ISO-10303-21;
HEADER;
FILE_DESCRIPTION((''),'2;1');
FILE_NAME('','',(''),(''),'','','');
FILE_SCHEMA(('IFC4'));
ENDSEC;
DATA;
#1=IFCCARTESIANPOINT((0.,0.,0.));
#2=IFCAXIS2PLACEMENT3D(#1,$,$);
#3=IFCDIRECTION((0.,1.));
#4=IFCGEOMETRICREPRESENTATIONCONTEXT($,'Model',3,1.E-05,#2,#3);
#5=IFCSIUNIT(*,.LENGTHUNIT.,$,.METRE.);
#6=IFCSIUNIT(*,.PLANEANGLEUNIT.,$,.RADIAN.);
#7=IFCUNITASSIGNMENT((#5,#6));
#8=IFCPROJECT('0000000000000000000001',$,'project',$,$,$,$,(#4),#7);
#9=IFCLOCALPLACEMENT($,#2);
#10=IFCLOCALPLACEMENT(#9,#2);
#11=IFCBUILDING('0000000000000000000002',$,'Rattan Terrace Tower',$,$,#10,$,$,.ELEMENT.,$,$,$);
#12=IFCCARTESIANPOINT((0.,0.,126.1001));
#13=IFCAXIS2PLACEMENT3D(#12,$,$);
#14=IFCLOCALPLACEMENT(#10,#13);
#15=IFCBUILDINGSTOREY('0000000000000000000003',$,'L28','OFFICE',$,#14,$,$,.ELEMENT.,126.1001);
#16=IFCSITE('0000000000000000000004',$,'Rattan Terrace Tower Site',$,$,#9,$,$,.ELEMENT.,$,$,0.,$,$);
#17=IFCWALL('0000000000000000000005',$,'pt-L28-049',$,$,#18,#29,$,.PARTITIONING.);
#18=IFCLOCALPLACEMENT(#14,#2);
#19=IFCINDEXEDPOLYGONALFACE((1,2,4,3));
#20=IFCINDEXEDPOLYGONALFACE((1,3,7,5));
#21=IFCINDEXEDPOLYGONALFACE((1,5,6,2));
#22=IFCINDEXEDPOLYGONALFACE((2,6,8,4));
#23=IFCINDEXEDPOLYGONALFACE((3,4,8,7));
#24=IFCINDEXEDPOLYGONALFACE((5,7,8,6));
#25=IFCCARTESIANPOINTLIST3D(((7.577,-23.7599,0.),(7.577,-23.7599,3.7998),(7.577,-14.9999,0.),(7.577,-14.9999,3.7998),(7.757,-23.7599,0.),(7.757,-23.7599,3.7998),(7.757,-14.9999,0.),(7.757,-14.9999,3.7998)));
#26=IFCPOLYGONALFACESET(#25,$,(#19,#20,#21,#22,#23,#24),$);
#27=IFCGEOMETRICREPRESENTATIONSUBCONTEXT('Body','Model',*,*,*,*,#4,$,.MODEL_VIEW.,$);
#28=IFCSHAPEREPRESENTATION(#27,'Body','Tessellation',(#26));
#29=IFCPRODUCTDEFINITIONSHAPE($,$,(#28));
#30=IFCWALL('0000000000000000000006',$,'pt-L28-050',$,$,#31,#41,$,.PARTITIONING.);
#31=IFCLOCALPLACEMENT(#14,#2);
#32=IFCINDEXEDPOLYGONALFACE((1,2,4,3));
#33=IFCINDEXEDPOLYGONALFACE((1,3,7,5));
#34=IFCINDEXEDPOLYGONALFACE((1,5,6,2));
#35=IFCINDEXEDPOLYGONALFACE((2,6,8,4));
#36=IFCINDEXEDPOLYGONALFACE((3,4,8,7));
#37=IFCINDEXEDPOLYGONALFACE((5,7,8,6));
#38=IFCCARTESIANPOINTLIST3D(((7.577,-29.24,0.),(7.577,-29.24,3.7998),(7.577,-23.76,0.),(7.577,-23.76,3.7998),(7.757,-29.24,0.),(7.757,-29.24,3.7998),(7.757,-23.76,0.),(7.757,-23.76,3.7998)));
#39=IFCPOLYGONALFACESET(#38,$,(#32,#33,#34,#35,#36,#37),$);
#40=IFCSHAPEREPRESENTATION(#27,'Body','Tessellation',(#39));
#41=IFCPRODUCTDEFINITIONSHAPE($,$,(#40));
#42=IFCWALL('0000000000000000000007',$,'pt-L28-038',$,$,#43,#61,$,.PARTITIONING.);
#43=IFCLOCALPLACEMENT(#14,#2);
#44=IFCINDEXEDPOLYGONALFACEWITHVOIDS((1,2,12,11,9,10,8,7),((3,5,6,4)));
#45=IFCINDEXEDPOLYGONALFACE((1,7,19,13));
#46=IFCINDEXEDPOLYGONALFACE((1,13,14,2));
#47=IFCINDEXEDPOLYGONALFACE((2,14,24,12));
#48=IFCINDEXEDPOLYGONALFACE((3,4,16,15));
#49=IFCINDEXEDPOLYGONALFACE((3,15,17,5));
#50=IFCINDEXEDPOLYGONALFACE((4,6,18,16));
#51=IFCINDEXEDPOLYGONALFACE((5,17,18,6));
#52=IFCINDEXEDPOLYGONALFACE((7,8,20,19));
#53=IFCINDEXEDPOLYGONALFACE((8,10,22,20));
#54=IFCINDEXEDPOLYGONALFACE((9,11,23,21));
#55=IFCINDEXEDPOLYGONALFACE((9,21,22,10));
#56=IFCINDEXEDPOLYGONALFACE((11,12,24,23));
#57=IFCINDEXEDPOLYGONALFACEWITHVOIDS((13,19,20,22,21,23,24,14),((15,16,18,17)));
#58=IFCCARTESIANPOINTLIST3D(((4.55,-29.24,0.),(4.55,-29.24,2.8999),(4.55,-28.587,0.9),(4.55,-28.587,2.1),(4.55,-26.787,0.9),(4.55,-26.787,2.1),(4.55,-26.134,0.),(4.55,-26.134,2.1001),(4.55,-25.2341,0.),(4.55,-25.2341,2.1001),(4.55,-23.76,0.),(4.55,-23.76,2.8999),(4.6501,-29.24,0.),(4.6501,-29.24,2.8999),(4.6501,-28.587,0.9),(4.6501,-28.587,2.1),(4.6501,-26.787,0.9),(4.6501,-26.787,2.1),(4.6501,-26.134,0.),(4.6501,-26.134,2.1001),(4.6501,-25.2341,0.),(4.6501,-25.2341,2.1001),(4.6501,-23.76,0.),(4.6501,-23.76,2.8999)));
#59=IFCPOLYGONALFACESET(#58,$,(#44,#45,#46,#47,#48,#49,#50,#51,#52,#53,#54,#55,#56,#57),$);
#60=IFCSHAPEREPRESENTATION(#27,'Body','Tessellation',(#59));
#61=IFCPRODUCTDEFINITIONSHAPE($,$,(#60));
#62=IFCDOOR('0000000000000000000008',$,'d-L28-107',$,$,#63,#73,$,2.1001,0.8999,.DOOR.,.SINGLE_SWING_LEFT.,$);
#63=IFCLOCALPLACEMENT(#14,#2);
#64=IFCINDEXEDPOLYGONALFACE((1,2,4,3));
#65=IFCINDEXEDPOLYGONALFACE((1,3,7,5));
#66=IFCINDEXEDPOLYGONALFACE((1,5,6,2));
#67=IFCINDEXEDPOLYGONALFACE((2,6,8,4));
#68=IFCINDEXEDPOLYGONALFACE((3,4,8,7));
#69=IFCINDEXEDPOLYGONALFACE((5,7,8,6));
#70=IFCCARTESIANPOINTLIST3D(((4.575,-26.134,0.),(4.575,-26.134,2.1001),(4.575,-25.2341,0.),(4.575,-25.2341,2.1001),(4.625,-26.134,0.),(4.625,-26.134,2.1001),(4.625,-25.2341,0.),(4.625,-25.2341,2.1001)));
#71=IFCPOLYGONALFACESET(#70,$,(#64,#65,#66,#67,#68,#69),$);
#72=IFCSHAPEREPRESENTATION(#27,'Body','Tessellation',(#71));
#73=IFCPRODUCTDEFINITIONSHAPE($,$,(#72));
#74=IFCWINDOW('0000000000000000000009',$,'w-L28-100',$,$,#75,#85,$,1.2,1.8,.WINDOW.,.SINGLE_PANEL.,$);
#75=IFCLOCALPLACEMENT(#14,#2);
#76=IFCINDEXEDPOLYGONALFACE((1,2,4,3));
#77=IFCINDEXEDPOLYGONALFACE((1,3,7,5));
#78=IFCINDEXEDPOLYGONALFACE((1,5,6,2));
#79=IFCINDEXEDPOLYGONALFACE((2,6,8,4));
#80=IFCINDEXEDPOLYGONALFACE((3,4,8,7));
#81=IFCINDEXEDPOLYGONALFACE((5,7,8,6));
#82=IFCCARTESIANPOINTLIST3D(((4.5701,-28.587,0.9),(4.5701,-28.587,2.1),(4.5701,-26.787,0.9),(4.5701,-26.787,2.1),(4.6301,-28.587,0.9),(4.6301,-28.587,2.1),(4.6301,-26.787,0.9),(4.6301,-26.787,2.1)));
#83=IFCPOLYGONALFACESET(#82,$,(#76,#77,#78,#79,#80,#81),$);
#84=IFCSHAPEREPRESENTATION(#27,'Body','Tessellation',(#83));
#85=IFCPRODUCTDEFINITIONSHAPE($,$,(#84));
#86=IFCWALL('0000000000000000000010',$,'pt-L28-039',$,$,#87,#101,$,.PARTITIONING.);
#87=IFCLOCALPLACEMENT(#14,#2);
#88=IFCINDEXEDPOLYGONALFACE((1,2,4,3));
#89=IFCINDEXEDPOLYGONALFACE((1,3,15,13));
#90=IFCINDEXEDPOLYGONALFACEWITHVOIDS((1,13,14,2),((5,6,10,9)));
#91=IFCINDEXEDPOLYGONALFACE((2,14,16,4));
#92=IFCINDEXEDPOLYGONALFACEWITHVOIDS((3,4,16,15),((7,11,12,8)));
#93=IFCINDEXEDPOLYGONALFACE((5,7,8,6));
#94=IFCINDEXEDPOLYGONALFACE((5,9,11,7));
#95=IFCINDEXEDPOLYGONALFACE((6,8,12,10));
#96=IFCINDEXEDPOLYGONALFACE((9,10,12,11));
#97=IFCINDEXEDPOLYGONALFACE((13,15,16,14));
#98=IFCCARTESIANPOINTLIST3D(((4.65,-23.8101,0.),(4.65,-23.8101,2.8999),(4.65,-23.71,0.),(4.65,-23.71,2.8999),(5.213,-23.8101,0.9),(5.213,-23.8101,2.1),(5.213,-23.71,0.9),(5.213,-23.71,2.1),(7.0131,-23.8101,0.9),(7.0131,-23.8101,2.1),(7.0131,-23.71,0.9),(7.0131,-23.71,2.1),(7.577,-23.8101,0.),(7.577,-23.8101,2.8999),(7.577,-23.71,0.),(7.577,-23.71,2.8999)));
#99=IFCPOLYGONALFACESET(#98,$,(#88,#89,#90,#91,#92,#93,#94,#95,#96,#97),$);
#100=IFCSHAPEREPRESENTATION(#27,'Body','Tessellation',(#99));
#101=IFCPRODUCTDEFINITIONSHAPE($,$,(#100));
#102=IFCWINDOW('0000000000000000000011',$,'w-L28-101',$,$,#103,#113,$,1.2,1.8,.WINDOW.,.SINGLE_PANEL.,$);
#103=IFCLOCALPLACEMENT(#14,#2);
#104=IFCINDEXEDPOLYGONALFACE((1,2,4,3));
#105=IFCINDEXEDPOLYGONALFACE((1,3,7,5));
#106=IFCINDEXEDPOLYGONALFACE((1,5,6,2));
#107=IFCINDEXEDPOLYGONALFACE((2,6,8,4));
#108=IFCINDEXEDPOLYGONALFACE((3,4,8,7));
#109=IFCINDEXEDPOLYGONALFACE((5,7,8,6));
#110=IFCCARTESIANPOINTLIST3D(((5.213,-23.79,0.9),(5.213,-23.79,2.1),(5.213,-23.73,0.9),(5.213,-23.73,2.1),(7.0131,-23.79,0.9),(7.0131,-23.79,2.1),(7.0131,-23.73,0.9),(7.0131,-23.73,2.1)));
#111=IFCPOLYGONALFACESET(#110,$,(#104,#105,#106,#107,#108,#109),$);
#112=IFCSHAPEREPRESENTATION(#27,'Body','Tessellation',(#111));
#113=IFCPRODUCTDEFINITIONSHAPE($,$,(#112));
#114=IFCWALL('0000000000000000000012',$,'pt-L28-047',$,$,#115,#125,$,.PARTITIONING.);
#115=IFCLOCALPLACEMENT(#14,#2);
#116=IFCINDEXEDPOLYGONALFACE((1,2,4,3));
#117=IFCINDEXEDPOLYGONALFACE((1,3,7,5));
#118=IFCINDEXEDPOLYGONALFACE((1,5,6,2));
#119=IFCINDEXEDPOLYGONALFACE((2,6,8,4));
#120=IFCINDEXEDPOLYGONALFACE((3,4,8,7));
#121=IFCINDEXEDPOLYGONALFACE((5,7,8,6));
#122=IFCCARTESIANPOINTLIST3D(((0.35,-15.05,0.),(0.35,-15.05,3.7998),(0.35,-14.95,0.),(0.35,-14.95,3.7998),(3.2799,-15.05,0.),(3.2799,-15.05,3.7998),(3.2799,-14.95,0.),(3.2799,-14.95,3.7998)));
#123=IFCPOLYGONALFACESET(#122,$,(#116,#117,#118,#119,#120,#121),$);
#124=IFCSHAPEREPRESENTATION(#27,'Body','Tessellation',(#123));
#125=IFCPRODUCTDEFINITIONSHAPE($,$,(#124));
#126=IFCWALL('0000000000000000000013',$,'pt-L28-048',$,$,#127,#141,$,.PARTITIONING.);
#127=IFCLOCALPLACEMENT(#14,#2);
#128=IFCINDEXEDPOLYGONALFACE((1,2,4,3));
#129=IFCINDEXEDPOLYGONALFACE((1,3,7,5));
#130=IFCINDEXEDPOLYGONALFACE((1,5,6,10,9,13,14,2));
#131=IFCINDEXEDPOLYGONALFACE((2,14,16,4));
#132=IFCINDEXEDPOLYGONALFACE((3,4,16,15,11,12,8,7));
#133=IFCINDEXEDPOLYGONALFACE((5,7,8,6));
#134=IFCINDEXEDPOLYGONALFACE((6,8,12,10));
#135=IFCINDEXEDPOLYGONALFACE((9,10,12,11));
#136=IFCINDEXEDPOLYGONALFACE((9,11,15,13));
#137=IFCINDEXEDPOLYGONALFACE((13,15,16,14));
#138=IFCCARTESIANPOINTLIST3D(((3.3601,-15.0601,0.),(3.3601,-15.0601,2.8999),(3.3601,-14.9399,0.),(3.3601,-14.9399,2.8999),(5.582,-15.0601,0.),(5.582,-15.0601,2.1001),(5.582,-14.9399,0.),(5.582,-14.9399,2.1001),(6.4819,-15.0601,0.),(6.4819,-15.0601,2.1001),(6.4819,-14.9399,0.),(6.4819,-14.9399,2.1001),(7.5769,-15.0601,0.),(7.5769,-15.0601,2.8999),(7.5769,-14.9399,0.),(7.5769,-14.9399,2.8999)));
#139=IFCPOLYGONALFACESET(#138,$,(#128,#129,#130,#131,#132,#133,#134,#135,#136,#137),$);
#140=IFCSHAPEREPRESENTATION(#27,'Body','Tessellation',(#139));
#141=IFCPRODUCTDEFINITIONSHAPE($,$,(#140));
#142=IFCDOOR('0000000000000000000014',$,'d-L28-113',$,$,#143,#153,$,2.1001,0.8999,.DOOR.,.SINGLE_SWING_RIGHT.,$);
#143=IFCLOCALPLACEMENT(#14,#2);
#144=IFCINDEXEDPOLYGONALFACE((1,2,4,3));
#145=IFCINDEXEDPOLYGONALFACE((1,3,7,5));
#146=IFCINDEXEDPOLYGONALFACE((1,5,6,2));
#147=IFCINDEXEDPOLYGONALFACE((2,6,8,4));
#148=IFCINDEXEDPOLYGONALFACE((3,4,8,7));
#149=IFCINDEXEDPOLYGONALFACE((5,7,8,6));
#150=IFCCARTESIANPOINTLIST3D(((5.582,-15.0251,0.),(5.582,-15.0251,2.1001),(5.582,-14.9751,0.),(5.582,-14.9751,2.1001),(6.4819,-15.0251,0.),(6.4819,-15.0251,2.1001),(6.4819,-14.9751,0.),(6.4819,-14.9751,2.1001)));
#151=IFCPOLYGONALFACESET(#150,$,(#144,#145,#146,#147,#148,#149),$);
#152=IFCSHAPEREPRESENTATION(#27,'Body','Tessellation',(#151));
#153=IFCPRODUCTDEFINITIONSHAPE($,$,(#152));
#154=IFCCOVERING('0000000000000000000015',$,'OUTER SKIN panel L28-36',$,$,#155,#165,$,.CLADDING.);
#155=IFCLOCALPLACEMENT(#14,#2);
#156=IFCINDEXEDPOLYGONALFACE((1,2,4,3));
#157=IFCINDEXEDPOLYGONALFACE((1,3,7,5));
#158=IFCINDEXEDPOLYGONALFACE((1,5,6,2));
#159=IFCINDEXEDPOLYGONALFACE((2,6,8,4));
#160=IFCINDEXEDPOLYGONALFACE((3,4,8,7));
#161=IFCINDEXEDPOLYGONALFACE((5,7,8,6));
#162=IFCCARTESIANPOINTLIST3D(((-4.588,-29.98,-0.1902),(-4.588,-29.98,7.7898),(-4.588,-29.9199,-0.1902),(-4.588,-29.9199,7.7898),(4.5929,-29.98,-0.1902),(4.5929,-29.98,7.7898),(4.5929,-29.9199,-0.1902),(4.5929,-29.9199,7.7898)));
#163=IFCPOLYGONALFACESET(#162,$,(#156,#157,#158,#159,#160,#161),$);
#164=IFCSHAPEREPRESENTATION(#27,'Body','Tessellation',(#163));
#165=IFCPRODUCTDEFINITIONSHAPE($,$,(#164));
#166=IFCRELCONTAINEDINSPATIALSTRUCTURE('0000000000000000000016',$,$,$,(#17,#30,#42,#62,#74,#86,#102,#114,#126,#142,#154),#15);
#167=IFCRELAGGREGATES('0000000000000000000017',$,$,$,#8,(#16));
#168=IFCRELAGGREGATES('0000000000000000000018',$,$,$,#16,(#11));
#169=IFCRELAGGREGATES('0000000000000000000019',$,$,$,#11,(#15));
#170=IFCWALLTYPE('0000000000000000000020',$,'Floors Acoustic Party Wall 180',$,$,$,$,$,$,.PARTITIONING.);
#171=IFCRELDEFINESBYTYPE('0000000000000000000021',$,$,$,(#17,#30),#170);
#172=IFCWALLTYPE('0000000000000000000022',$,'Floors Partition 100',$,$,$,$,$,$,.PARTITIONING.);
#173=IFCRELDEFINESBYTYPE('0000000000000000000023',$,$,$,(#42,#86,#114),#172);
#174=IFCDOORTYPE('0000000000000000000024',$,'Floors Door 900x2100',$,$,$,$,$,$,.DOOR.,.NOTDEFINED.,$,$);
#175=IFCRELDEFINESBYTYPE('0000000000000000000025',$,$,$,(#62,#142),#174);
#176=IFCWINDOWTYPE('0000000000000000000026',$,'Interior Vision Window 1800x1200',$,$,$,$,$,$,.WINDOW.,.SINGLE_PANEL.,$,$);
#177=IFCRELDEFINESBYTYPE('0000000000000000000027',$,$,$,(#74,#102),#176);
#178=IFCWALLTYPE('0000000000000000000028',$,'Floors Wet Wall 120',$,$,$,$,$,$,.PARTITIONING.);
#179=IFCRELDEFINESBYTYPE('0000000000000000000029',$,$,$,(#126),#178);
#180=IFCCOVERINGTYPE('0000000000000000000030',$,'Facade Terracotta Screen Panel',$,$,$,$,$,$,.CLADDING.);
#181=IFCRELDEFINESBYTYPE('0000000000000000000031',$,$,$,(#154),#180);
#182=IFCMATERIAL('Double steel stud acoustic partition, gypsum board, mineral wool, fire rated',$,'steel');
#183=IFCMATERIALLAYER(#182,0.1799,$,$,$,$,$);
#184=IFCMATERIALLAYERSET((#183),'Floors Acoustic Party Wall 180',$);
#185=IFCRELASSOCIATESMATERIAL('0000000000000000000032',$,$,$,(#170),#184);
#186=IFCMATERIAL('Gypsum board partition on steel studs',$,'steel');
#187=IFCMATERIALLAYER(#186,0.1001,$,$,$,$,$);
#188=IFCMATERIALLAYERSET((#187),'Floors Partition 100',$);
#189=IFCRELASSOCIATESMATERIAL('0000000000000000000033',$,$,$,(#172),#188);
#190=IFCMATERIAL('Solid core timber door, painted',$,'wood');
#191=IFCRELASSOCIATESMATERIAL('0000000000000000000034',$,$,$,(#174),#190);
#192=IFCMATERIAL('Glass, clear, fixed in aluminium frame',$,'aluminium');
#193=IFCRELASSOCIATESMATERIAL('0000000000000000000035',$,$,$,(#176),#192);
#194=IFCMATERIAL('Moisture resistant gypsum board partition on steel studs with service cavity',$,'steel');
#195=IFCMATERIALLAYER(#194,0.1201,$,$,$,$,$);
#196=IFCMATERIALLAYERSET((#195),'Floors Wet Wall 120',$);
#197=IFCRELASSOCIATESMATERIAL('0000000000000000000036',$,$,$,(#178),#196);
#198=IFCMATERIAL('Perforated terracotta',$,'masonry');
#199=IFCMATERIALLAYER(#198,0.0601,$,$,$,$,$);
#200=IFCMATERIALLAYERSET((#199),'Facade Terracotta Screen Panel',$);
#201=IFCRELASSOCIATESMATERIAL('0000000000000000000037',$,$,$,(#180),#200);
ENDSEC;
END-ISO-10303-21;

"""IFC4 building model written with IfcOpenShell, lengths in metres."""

from ifc_helpers import new_model, si_unit, direction, frame, frame_2d, origin, origin_2d, place, context, subcontext, project, spatial, rectangle, extrude, material, layer, layer_set, type_object, element, fill, save


model = new_model("IFC4")

# Units and contexts
model_context = context("Model", 3, precision=1e-05, world=origin(), true_north=direction((0.0, 1.0)))
body_context = subcontext(model_context, "Body", "Model", "MODEL_VIEW")
ifc_project = project(units=[si_unit("LENGTHUNIT", "METRE"), si_unit("PLANEANGLEUNIT", "RADIAN")], contexts=[model_context])

# Site, building, storey
site_placement = place(None, origin())
site = spatial("IfcSite", under=ifc_project, at=site_placement, Name="Rattan Terrace Tower Site", CompositionType="ELEMENT", RefElevation=0.0)
building_placement = place(site_placement, origin())
building = spatial("IfcBuilding", under=site, at=building_placement, Name="Rattan Terrace Tower", CompositionType="ELEMENT")
storey_placement = place(building_placement, frame((0.0, 0.0, 126.1001)))
storey = spatial("IfcBuildingStorey", under=building, at=storey_placement, Name="L28", Description="OFFICE", CompositionType="ELEMENT", Elevation=126.1001)

# Walls
ifc_material_1 = material(Name="Double steel stud acoustic partition, gypsum board, mineral wool, fire rated", Category="steel")
ifc_layer_1 = layer(ifc_material_1, 0.1799)
ifc_layer_set_1 = layer_set([ifc_layer_1], Name="Floors Acoustic Party Wall 180")
wall_type_1 = type_object("IfcWallType", Name="Floors Acoustic Party Wall 180", PredefinedType="PARTITIONING", material=ifc_layer_set_1)
wall_1_placement = place(storey_placement, frame((7.667, -15.0, 0.0), z_axis=(0.0, 0.0, 1.0), x_axis=(0.0, -1.0, 0.0)))
element("IfcWall", 1, at=wall_1_placement, inside=storey, type_object=wall_type_1, Name="pt-L28-049", PredefinedType="PARTITIONING", context=body_context, shape_type="SweptSolid", body=[
    extrude(rectangle(XDim=8.76, YDim=0.1799, at=frame_2d((4.3799, 0.0))), origin(), (0.0, 0.0, 1.0), 3.7998),
])
wall_2_placement = place(storey_placement, frame((7.667, -23.76, 0.0), z_axis=(0.0, 0.0, 1.0), x_axis=(0.0, -1.0, 0.0)))
element("IfcWall", 2, at=wall_2_placement, inside=storey, type_object=wall_type_1, Name="pt-L28-050", PredefinedType="PARTITIONING", context=body_context, shape_type="SweptSolid", body=[
    extrude(rectangle(XDim=5.48, YDim=0.1799, at=frame_2d((2.74, 0.0))), origin(), (0.0, 0.0, 1.0), 3.7998),
])

# Wall, openings, door, window
ifc_material_2 = material(Name="Gypsum board partition on steel studs", Category="steel")
ifc_layer_2 = layer(ifc_material_2, 0.1001)
ifc_layer_set_2 = layer_set([ifc_layer_2], Name="Floors Partition 100")
wall_type_2 = type_object("IfcWallType", Name="Floors Partition 100", PredefinedType="PARTITIONING", material=ifc_layer_set_2)
wall_3_placement = place(storey_placement, frame((4.6001, -23.76, 0.0), z_axis=(0.0, 0.0, 1.0), x_axis=(0.0, -1.0, 0.0)))
wall_3 = element("IfcWall", 3, at=wall_3_placement, inside=storey, type_object=wall_type_2, Name="pt-L28-038", PredefinedType="PARTITIONING", context=body_context, shape_type="SweptSolid", body=[
    extrude(rectangle(XDim=5.48, YDim=0.1001, at=frame_2d((2.74, 0.0))), origin(), (0.0, 0.0, 1.0), 2.8999),
])
opening_1_placement = place(wall_3_placement, frame((1.4741, 0.0, 0.0)))
opening_1 = element("IfcOpeningElement", 4, at=opening_1_placement, cuts=wall_3, PredefinedType="OPENING", context=body_context, shape_type="SweptSolid", body=[
    extrude(rectangle(XDim=0.8999, YDim=2.1001, at=frame_2d((0.45, 1.05))), frame((0.0, 0.0605, 0.0), z_axis=(0.0, -1.0, 0.0), x_axis=(1.0, 0.0, 0.0)), (0.0, 0.0, 1.0), 0.1211),
])
opening_2_placement = place(wall_3_placement, frame((3.0271, 0.0, 0.8999)))
opening_2 = element("IfcOpeningElement", 5, at=opening_2_placement, cuts=wall_3, PredefinedType="OPENING", context=body_context, shape_type="SweptSolid", body=[
    extrude(rectangle(XDim=1.8, YDim=1.2, at=frame_2d((0.8999, 0.6001))), frame((0.0, 0.0605, 0.0), z_axis=(0.0, -1.0, 0.0), x_axis=(1.0, 0.0, 0.0)), (0.0, 0.0, 1.0), 0.1211),
])
ifc_material_3 = material(Name="Solid core timber door, painted", Category="wood")
door_type = type_object("IfcDoorType", Name="Floors Door 900x2100", OperationType="NOTDEFINED", PredefinedType="DOOR", material=ifc_material_3)
door_1_placement = place(opening_1_placement, origin())
door_1 = element("IfcDoor", 6, at=door_1_placement, inside=storey, type_object=door_type, Name="d-L28-107", OperationType="SINGLE_SWING_LEFT", OverallHeight=2.1001, OverallWidth=0.8999, PredefinedType="DOOR", context=body_context, shape_type="SweptSolid", body=[
    extrude(rectangle(XDim=0.8999, YDim=2.1001, at=frame_2d((0.45, 1.05))), frame((0.0, 0.0249, 0.0), z_axis=(0.0, -1.0, 0.0), x_axis=(1.0, 0.0, 0.0)), (0.0, 0.0, 1.0), 0.05),
])
fill(opening_1, door_1)
ifc_material_4 = material(Name="Glass, clear, fixed in aluminium frame", Category="aluminium")
window_type = type_object("IfcWindowType", Name="Interior Vision Window 1800x1200", PartitioningType="SINGLE_PANEL", PredefinedType="WINDOW", material=ifc_material_4)
window_1_placement = place(opening_2_placement, origin())
window_1 = element("IfcWindow", 7, at=window_1_placement, inside=storey, type_object=window_type, Name="w-L28-100", OverallHeight=1.2, OverallWidth=1.8, PartitioningType="SINGLE_PANEL", PredefinedType="WINDOW", context=body_context, shape_type="SweptSolid", body=[
    extrude(rectangle(XDim=1.8, YDim=1.2, at=frame_2d((0.8999, 0.6001))), frame((0.0, 0.03, 0.0), z_axis=(0.0, -1.0, 0.0), x_axis=(1.0, 0.0, 0.0)), (0.0, 0.0, 1.0), 0.0601),
])
fill(opening_2, window_1)

# Wall, opening, window
wall_4_placement = place(storey_placement, frame((7.5769, -23.76, 0.0), z_axis=(0.0, 0.0, 1.0), x_axis=(-1.0, 0.0, 0.0)))
wall_4 = element("IfcWall", 8, at=wall_4_placement, inside=storey, type_object=wall_type_2, Name="pt-L28-039", PredefinedType="PARTITIONING", context=body_context, shape_type="SweptSolid", body=[
    extrude(rectangle(XDim=2.927, YDim=0.1001, at=frame_2d((1.4634, 0.0))), origin(), (0.0, 0.0, 1.0), 2.8999),
])
opening_3_placement = place(wall_4_placement, frame((0.564, 0.0, 0.8999)))
opening_3 = element("IfcOpeningElement", 9, at=opening_3_placement, cuts=wall_4, PredefinedType="OPENING", context=body_context, shape_type="SweptSolid", body=[
    extrude(rectangle(XDim=1.8, YDim=1.2, at=frame_2d((0.8999, 0.6001))), frame((0.0, 0.0605, 0.0), z_axis=(0.0, -1.0, 0.0), x_axis=(1.0, 0.0, 0.0)), (0.0, 0.0, 1.0), 0.1211),
])
window_2_placement = place(opening_3_placement, origin())
window_2 = element("IfcWindow", 10, at=window_2_placement, inside=storey, type_object=window_type, Name="w-L28-101", OverallHeight=1.2, OverallWidth=1.8, PartitioningType="SINGLE_PANEL", PredefinedType="WINDOW", context=body_context, shape_type="SweptSolid", body=[
    extrude(rectangle(XDim=1.8, YDim=1.2, at=frame_2d((0.8999, 0.6001))), frame((0.0, 0.03, 0.0), z_axis=(0.0, -1.0, 0.0), x_axis=(1.0, 0.0, 0.0)), (0.0, 0.0, 1.0), 0.0601),
])
fill(opening_3, window_2)

# Wall
wall_5_placement = place(storey_placement, frame((0.3501, -15.0, 0.0), z_axis=(0.0, 0.0, 1.0), x_axis=(1.0, 0.0, 0.0)))
element("IfcWall", 11, at=wall_5_placement, inside=storey, type_object=wall_type_2, Name="pt-L28-047", PredefinedType="PARTITIONING", context=body_context, shape_type="SweptSolid", body=[
    extrude(rectangle(XDim=2.9299, YDim=0.1001, at=frame_2d((1.4648, 0.0))), origin(), (0.0, 0.0, 1.0), 3.7998),
])

# Wall, opening, door
ifc_material_5 = material(Name="Moisture resistant gypsum board partition on steel studs with service cavity", Category="steel")
ifc_layer_3 = layer(ifc_material_5, 0.1201)
ifc_layer_set_3 = layer_set([ifc_layer_3], Name="Floors Wet Wall 120")
wall_type_3 = type_object("IfcWallType", Name="Floors Wet Wall 120", PredefinedType="PARTITIONING", material=ifc_layer_set_3)
wall_6_placement = place(storey_placement, frame((3.3601, -15.0, 0.0), z_axis=(0.0, 0.0, 1.0), x_axis=(1.0, 0.0, 0.0)))
wall_6 = element("IfcWall", 12, at=wall_6_placement, inside=storey, type_object=wall_type_3, Name="pt-L28-048", PredefinedType="PARTITIONING", context=body_context, shape_type="SweptSolid", body=[
    extrude(rectangle(XDim=4.2168, YDim=0.1201, at=frame_2d((2.1084, 0.0))), origin(), (0.0, 0.0, 1.0), 2.8999),
])
opening_4_placement = place(wall_6_placement, frame((2.2219, 0.0, 0.0)))
opening_4 = element("IfcOpeningElement", 13, at=opening_4_placement, cuts=wall_6, PredefinedType="OPENING", context=body_context, shape_type="SweptSolid", body=[
    extrude(rectangle(XDim=0.8999, YDim=2.1001, at=frame_2d((0.45, 1.05))), frame((0.0, 0.0706, 0.0), z_axis=(0.0, -1.0, 0.0), x_axis=(1.0, 0.0, 0.0)), (0.0, 0.0, 1.0), 0.1411),
])
door_2_placement = place(opening_4_placement, origin())
door_2 = element("IfcDoor", 14, at=door_2_placement, inside=storey, type_object=door_type, Name="d-L28-113", OperationType="SINGLE_SWING_RIGHT", OverallHeight=2.1001, OverallWidth=0.8999, PredefinedType="DOOR", context=body_context, shape_type="SweptSolid", body=[
    extrude(rectangle(XDim=0.8999, YDim=2.1001, at=frame_2d((0.45, 1.05))), frame((0.0, 0.0249, 0.0), z_axis=(0.0, -1.0, 0.0), x_axis=(1.0, 0.0, 0.0)), (0.0, 0.0, 1.0), 0.05),
])
fill(opening_4, door_2)

# Covering
ifc_material_6 = material(Name="Perforated terracotta", Category="masonry")
ifc_layer_4 = layer(ifc_material_6, 0.0601)
ifc_layer_set_4 = layer_set([ifc_layer_4], Name="Facade Terracotta Screen Panel")
covering_type = type_object("IfcCoveringType", Name="Facade Terracotta Screen Panel", PredefinedType="CLADDING", material=ifc_layer_set_4)
for number, where, z_axis, x_axis, name in (
    (15, (0.0024, -29.95, -0.1902), (0.0, 0.0, 1.0), (1.0, 0.0, 0.0), "OUTER SKIN panel L28-36"),
):
    element("IfcCovering", number, at=place(storey_placement, frame(where, z_axis=z_axis, x_axis=x_axis)), inside=storey, type_object=covering_type, Name=name, PredefinedType="CLADDING", context=body_context, shape_type="SweptSolid", body=[
        extrude(rectangle(XDim=9.1809, YDim=0.0601, at=origin_2d()), origin(), (0.0, 0.0, 1.0), 7.98),
    ])

save(model, "model.ifc")
